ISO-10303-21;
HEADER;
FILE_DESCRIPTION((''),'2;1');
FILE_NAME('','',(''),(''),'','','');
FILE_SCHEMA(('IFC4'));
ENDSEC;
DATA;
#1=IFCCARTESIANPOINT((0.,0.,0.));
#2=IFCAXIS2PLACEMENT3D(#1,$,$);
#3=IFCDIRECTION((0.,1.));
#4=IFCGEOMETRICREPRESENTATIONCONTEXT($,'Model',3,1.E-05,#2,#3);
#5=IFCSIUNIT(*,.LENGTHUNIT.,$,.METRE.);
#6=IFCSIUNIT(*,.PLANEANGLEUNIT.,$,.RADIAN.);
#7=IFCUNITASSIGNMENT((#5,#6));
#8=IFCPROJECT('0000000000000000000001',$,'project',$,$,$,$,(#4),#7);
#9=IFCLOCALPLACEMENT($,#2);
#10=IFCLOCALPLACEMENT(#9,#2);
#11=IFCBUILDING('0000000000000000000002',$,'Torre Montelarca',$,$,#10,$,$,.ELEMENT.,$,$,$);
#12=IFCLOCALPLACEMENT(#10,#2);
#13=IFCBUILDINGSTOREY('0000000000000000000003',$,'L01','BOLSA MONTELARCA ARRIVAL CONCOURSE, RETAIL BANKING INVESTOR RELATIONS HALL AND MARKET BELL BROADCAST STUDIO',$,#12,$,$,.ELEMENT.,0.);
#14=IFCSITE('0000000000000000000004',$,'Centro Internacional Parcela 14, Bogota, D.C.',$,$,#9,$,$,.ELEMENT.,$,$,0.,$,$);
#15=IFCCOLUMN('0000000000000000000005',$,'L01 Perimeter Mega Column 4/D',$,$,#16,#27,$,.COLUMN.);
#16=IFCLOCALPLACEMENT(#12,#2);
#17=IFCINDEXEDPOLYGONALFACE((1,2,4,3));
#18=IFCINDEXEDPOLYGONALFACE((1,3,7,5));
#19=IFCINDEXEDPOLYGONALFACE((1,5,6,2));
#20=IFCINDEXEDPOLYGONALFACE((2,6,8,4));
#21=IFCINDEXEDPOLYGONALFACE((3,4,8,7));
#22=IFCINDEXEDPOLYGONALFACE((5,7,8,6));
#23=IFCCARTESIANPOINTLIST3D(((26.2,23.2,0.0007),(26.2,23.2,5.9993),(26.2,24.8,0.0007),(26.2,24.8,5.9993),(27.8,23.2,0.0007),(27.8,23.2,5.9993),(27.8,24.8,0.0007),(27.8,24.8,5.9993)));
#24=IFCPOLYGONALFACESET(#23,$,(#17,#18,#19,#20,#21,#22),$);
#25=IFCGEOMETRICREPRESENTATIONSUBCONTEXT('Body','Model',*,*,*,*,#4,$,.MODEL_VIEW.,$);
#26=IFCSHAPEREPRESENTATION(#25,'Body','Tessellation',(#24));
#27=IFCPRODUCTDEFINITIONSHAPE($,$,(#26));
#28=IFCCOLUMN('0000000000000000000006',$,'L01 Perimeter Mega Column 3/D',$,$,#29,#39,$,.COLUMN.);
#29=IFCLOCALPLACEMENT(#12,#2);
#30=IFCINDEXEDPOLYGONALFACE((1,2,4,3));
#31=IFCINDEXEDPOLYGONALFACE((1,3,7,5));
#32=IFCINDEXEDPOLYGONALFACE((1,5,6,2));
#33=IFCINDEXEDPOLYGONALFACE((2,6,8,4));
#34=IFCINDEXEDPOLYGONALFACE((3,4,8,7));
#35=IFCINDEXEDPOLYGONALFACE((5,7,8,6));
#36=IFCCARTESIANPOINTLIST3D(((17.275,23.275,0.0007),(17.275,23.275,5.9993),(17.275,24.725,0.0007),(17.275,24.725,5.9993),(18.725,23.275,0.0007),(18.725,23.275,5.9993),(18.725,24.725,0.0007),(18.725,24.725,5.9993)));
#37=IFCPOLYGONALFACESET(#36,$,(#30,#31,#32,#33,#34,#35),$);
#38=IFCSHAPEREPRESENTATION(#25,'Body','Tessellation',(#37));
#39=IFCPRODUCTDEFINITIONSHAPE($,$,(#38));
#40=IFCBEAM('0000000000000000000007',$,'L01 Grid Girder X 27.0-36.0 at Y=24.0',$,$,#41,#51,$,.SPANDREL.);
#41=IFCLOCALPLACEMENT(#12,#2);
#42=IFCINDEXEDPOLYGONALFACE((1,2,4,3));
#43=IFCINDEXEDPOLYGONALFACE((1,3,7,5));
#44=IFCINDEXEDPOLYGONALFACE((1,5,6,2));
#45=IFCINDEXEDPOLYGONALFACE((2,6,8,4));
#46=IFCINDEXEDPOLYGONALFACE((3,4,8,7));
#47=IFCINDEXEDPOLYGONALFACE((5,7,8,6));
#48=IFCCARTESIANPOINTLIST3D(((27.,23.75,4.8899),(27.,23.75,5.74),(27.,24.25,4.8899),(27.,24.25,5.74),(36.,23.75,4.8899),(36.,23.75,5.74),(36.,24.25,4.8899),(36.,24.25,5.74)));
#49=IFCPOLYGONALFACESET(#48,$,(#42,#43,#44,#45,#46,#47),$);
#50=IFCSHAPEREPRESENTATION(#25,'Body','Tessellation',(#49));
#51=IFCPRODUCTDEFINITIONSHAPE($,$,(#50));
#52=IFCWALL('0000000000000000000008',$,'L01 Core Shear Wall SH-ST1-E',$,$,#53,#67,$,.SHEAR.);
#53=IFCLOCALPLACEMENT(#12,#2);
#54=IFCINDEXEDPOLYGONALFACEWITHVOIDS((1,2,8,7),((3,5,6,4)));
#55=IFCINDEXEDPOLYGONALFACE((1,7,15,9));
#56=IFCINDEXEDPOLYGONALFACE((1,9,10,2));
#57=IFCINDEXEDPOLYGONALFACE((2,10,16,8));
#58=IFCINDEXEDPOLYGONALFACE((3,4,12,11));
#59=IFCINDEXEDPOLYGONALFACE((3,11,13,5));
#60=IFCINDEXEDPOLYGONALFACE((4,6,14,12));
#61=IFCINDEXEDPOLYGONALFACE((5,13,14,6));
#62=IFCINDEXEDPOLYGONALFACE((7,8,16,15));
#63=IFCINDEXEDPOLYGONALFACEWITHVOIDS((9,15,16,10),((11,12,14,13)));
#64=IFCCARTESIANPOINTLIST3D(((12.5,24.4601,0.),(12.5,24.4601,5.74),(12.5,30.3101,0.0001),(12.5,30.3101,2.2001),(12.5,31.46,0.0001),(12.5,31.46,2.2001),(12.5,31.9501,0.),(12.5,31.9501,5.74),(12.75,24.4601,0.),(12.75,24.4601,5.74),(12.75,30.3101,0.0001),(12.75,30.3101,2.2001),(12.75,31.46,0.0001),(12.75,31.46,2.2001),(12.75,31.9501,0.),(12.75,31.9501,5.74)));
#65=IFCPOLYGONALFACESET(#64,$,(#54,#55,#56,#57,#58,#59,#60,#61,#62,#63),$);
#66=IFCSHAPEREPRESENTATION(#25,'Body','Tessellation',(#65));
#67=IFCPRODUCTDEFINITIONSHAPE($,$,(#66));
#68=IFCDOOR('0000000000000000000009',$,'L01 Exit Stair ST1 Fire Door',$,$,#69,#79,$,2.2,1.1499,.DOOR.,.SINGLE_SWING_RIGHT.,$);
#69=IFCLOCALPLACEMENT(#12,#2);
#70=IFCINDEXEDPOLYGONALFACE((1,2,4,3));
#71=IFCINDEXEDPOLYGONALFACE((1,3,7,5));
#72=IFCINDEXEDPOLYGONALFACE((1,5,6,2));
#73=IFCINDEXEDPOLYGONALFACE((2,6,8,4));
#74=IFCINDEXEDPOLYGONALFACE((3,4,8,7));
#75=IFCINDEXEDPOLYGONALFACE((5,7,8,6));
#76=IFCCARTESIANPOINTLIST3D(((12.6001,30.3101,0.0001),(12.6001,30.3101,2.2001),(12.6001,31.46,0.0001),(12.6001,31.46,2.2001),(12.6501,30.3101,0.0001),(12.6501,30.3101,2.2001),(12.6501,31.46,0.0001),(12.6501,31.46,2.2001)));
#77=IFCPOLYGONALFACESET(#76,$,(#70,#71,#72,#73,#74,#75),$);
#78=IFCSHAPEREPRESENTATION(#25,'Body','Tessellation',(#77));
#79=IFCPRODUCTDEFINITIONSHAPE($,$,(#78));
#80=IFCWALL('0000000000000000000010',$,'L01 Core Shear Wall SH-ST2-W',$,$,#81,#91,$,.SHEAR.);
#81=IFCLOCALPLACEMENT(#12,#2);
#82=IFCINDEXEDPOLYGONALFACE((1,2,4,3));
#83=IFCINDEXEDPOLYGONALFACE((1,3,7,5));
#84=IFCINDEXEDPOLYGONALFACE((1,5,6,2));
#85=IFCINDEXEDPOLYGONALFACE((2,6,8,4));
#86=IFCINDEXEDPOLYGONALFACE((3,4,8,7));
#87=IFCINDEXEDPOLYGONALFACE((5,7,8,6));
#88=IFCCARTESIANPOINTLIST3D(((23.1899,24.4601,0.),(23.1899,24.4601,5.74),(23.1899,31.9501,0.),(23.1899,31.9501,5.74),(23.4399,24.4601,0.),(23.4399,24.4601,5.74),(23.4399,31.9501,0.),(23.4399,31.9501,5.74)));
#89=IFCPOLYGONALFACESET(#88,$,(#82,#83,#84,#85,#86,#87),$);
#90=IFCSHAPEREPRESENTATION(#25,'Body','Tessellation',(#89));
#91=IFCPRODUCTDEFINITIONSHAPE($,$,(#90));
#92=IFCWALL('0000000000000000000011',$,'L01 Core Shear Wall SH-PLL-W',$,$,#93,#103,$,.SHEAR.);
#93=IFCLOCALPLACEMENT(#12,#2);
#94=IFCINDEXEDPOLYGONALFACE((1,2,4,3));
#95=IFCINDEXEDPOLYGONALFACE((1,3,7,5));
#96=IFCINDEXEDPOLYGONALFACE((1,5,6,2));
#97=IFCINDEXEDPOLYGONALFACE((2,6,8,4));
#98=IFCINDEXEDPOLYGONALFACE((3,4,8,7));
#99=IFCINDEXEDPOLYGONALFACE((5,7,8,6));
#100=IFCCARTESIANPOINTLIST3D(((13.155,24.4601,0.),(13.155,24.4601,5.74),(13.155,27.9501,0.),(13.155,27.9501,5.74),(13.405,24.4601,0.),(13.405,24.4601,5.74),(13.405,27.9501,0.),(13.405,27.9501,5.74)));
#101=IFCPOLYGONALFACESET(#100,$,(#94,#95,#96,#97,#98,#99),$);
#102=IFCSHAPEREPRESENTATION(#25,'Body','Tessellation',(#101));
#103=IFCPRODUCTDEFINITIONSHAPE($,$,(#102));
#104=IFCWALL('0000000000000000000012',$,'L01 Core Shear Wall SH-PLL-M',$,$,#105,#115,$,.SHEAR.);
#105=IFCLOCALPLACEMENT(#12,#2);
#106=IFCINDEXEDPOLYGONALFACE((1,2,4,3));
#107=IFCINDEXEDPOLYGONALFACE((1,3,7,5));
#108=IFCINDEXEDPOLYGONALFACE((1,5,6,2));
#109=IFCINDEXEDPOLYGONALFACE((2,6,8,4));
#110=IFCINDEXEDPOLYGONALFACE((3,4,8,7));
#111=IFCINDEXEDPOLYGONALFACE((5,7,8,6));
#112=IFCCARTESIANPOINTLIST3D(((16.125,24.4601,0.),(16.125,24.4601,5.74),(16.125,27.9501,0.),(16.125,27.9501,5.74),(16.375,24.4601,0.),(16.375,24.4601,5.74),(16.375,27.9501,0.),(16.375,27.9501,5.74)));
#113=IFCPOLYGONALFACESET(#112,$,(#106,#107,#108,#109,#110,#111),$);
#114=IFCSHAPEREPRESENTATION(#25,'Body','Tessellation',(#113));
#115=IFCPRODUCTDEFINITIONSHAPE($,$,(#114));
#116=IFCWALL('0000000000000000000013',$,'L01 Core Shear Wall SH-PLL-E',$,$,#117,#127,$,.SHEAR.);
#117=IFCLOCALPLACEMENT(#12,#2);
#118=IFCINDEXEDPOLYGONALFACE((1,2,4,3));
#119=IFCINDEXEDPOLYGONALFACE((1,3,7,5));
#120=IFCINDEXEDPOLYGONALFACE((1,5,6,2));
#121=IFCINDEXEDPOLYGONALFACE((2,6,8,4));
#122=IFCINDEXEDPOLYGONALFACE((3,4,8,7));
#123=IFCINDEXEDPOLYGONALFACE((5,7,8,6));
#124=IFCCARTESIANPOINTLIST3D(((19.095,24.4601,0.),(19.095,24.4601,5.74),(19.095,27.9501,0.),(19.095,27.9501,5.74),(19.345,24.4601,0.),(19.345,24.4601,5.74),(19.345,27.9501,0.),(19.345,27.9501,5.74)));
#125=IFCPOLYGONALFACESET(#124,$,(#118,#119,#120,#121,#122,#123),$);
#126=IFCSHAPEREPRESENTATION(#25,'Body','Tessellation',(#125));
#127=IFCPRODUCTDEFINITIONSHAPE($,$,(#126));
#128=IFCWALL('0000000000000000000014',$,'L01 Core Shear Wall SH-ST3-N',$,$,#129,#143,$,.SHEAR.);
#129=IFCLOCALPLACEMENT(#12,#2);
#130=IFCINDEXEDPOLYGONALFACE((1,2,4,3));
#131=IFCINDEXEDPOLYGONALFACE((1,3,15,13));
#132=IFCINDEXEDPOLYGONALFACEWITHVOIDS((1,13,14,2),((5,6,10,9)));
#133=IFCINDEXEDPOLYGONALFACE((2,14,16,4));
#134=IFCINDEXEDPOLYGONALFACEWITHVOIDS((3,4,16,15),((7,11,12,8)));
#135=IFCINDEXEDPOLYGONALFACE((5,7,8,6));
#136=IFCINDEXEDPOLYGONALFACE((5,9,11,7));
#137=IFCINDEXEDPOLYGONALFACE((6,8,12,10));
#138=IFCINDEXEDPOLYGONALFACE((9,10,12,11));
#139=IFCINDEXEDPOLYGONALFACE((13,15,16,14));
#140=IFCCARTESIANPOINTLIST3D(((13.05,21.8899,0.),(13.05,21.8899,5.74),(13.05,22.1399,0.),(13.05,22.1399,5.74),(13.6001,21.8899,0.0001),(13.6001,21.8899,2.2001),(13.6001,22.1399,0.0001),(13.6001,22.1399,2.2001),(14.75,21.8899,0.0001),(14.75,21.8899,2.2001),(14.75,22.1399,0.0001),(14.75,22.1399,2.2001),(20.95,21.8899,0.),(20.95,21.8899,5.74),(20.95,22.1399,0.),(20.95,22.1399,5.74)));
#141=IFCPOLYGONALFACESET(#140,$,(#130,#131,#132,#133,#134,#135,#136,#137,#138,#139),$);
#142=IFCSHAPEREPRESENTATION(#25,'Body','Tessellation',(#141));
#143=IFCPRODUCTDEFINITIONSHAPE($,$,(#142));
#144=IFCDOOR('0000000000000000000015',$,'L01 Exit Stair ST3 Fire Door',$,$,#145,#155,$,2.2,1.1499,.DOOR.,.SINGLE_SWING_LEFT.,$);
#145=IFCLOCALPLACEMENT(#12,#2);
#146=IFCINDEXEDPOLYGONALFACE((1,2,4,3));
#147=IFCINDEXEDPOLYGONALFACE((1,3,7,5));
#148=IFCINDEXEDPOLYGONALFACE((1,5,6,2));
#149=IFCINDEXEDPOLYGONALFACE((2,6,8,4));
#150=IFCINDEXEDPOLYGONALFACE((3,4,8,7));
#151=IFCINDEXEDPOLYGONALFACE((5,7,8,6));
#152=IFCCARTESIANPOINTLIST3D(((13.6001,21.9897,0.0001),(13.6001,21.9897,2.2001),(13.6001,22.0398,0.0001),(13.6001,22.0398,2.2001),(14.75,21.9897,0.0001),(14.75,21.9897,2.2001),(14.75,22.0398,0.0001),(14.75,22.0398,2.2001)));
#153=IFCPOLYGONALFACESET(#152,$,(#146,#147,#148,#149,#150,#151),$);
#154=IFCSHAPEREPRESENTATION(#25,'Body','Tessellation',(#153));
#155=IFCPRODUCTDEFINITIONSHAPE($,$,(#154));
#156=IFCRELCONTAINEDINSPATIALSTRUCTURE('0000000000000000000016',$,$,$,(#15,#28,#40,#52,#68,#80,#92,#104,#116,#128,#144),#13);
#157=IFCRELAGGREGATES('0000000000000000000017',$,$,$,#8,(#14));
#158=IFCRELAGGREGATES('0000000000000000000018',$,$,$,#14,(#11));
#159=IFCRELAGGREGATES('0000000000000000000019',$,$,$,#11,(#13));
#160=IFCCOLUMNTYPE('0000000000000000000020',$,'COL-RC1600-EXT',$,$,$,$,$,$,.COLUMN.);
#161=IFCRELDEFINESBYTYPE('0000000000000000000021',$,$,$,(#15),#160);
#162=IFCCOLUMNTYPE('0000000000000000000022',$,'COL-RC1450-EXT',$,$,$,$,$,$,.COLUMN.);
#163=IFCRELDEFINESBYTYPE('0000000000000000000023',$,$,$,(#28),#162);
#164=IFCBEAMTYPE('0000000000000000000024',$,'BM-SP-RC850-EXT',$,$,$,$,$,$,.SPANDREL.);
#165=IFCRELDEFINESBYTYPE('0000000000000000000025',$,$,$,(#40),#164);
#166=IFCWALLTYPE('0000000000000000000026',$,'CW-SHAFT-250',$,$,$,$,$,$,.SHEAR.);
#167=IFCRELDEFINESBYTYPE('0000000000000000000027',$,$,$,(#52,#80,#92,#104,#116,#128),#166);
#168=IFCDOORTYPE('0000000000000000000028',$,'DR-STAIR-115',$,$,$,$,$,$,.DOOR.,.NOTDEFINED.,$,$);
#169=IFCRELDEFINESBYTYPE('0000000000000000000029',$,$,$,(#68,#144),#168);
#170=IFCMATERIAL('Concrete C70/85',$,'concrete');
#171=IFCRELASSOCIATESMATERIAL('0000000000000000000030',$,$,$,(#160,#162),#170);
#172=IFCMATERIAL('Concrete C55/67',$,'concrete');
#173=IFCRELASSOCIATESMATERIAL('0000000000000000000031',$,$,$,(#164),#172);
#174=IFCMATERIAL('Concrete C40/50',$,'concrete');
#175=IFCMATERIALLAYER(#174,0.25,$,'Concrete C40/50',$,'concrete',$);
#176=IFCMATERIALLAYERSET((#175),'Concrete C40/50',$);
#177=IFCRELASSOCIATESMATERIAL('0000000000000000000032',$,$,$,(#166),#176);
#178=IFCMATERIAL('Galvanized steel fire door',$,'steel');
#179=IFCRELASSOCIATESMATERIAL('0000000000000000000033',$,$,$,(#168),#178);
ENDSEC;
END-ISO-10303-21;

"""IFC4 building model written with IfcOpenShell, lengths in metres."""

from ifc_helpers import new_model, si_unit, direction, frame, frame_2d, origin, origin_2d, place, context, subcontext, project, spatial, rectangle, extrude, source, transform, mapped, material, layer, layer_set, material_profile, profile_set, type_object, element, fill, save


model = new_model("IFC4")

# Units and contexts
model_context = context("Model", 3, precision=1e-05, world=origin(), true_north=direction((0.0, 1.0)))
body_context = subcontext(model_context, "Body", "Model", "MODEL_VIEW")
ifc_project = project(units=[si_unit("LENGTHUNIT", "METRE"), si_unit("PLANEANGLEUNIT", "RADIAN")], contexts=[model_context])

# Site, building, storey
site_placement = place(None, origin())
site = spatial("IfcSite", under=ifc_project, at=site_placement, Name="Centro Internacional Parcela 14, Bogota, D.C.", CompositionType="ELEMENT", RefElevation=0.0)
building_placement = place(site_placement, origin())
building = spatial("IfcBuilding", under=site, at=building_placement, Name="Torre Montelarca", CompositionType="ELEMENT")
storey_placement = place(building_placement, origin())
storey = spatial("IfcBuildingStorey", under=building, at=storey_placement, Name="L01", Description="BOLSA MONTELARCA ARRIVAL CONCOURSE, RETAIL BANKING INVESTOR RELATIONS HALL AND MARKET BELL BROADCAST STUDIO", CompositionType="ELEMENT", Elevation=0.0)

# Columns
ifc_material_1 = material(Name="Concrete C70/85", Category="concrete")
ifc_material_profile_1 = material_profile(ifc_material_1, rectangle(XDim=1.6001, YDim=1.6001, at=origin_2d()), Name="RC1600X1600", Category="concrete")
ifc_profile_set_1 = profile_set([ifc_material_profile_1], Name="Concrete C70/85")
column_type_1 = type_object("IfcColumnType", Name="COL-RC1600-EXT", PredefinedType="COLUMN", material=ifc_profile_set_1)
shared_shape_1 = source(origin(), body_context, "Body", "SweptSolid", [
    extrude(rectangle(XDim=1.6001, YDim=1.6001, at=origin_2d()), origin(), (0.0, 0.0, 1.0), 5.9985),
])
column_1_placement = place(storey_placement, frame((27.0, 24.0, 0.0007), z_axis=(0.0, 0.0, 1.0), x_axis=(1.0, 0.0, 0.0)))
element("IfcColumn", 1, at=column_1_placement, inside=storey, type_object=column_type_1, Name="L01 Perimeter Mega Column 4/D", PredefinedType="COLUMN", context=body_context, shape_type="MappedRepresentation", body=[
    mapped(shared_shape_1, transform((0.0, 0.0, 0.0), scale=1.0)),
])
ifc_material_profile_2 = material_profile(ifc_material_1, rectangle(XDim=1.45, YDim=1.45, at=origin_2d()), Name="RC1450X1450", Category="concrete")
ifc_profile_set_2 = profile_set([ifc_material_profile_2], Name="Concrete C70/85")
column_type_2 = type_object("IfcColumnType", Name="COL-RC1450-EXT", PredefinedType="COLUMN", material=ifc_profile_set_2)
shared_shape_2 = source(origin(), body_context, "Body", "SweptSolid", [
    extrude(rectangle(XDim=1.45, YDim=1.45, at=origin_2d()), origin(), (0.0, 0.0, 1.0), 5.9985),
])
column_2_placement = place(storey_placement, frame((18.0, 24.0, 0.0007), z_axis=(0.0, 0.0, 1.0), x_axis=(1.0, 0.0, 0.0)))
element("IfcColumn", 2, at=column_2_placement, inside=storey, type_object=column_type_2, Name="L01 Perimeter Mega Column 3/D", PredefinedType="COLUMN", context=body_context, shape_type="MappedRepresentation", body=[
    mapped(shared_shape_2, transform((0.0, 0.0, 0.0), scale=1.0)),
])

# Beam
ifc_material_2 = material(Name="Concrete C55/67", Category="concrete")
ifc_material_profile_3 = material_profile(ifc_material_2, rectangle(XDim=0.5, YDim=0.8501, at=origin_2d()), Name="RCB500X850", Category="concrete")
ifc_profile_set_3 = profile_set([ifc_material_profile_3], Name="Concrete C55/67")
beam_type = type_object("IfcBeamType", Name="BM-SP-RC850-EXT", PredefinedType="SPANDREL", material=ifc_profile_set_3)
shared_shape_3 = source(origin(), body_context, "Body", "SweptSolid", [
    extrude(rectangle(XDim=0.5, YDim=0.8501, at=origin_2d()), origin(), (0.0, 0.0, 1.0), 9.0),
])
beam_placement = place(storey_placement, frame((27.0, 24.0, 5.3149), z_axis=(1.0, 0.0, 0.0), x_axis=(0.0, 1.0, 0.0)))
element("IfcBeam", 3, at=beam_placement, inside=storey, type_object=beam_type, Name="L01 Grid Girder X 27.0-36.0 at Y=24.0", PredefinedType="SPANDREL", context=body_context, shape_type="MappedRepresentation", body=[
    mapped(shared_shape_3, transform((0.0, 0.0, 0.0), scale=1.0)),
])

# Wall, opening, door
ifc_material_3 = material(Name="Concrete C40/50", Category="concrete")
ifc_layer_1 = layer(ifc_material_3, 0.25, Name="Concrete C40/50", Category="concrete")
ifc_layer_set_1 = layer_set([ifc_layer_1], Name="Concrete C40/50")
wall_type_1 = type_object("IfcWallType", Name="CW-SHAFT-250", PredefinedType="SHEAR", material=ifc_layer_set_1)
wall_1_placement = place(storey_placement, frame((12.625, 24.46, 0.0), z_axis=(0.0, 0.0, 1.0), x_axis=(0.0, 1.0, 0.0)))
wall_1 = element("IfcWall", 4, at=wall_1_placement, inside=storey, type_object=wall_type_1, Name="L01 Core Shear Wall SH-ST1-E", PredefinedType="SHEAR", context=body_context, shape_type="SweptSolid", body=[
    extrude(rectangle(XDim=7.49, YDim=0.25, at=frame_2d((3.7451, 0.0))), origin(), (0.0, 0.0, 1.0), 5.74),
])
opening_1_placement = place(wall_1_placement, frame((5.8501, 0.0, 0.0)))
opening_1 = element("IfcOpeningElement", 5, at=opening_1_placement, cuts=wall_1, PredefinedType="OPENING", context=body_context, shape_type="SweptSolid", body=[
    extrude(rectangle(XDim=1.1499, YDim=2.2, at=frame_2d((0.575, 1.1001))), frame((0.0, 0.135, 0.0), z_axis=(0.0, -1.0, 0.0), x_axis=(1.0, 0.0, 0.0)), (0.0, 0.0, 1.0), 0.27),
])
ifc_material_4 = material(Name="Galvanized steel fire door", Category="steel")
door_type_1 = type_object("IfcDoorType", Name="DR-STAIR-115", OperationType="NOTDEFINED", PredefinedType="DOOR", material=ifc_material_4)
shared_shape_4 = source(origin(), body_context, "Body", "SweptSolid", [
    extrude(rectangle(XDim=1.1499, YDim=2.2, at=frame_2d((0.575, 1.1001))), frame((0.0, 0.0249, 0.0), z_axis=(0.0, -1.0, 0.0), x_axis=(1.0, 0.0, 0.0)), (0.0, 0.0, 1.0), 0.05),
])
door_1_placement = place(opening_1_placement, origin())
door_1 = element("IfcDoor", 6, at=door_1_placement, inside=storey, type_object=door_type_1, Name="L01 Exit Stair ST1 Fire Door", OperationType="SINGLE_SWING_RIGHT", OverallHeight=2.2, OverallWidth=1.1499, PredefinedType="DOOR", context=body_context, shape_type="MappedRepresentation", body=[
    mapped(shared_shape_4, transform((0.0, 0.0, 0.0), scale=1.0)),
])
fill(opening_1, door_1)

# Walls
wall_2_placement = place(storey_placement, frame((23.3149, 24.46, 0.0), z_axis=(0.0, 0.0, 1.0), x_axis=(0.0, 1.0, 0.0)))
element("IfcWall", 7, at=wall_2_placement, inside=storey, type_object=wall_type_1, Name="L01 Core Shear Wall SH-ST2-W", PredefinedType="SHEAR", context=body_context, shape_type="SweptSolid", body=[
    extrude(rectangle(XDim=7.49, YDim=0.25, at=frame_2d((3.7451, 0.0))), origin(), (0.0, 0.0, 1.0), 5.74),
])
for number, where, z_axis, x_axis, name in (
    (8, (13.28, 24.46, 0.0), (0.0, 0.0, 1.0), (0.0, 1.0, 0.0), "L01 Core Shear Wall SH-PLL-W"),
    (9, (16.25, 24.46, 0.0), (0.0, 0.0, 1.0), (0.0, 1.0, 0.0), "L01 Core Shear Wall SH-PLL-M"),
    (10, (19.22, 24.46, 0.0), (0.0, 0.0, 1.0), (0.0, 1.0, 0.0), "L01 Core Shear Wall SH-PLL-E"),
):
    element("IfcWall", number, at=place(storey_placement, frame(where, z_axis=z_axis, x_axis=x_axis)), inside=storey, type_object=wall_type_1, Name=name, PredefinedType="SHEAR", context=body_context, shape_type="SweptSolid", body=[
        extrude(rectangle(XDim=3.49, YDim=0.25, at=frame_2d((1.7451, 0.0))), origin(), (0.0, 0.0, 1.0), 5.74),
    ])

# Wall, opening, door
wall_3_placement = place(storey_placement, frame((13.05, 22.0149, 0.0), z_axis=(0.0, 0.0, 1.0), x_axis=(1.0, 0.0, 0.0)))
wall_3 = element("IfcWall", 11, at=wall_3_placement, inside=storey, type_object=wall_type_1, Name="L01 Core Shear Wall SH-ST3-N", PredefinedType="SHEAR", context=body_context, shape_type="SweptSolid", body=[
    extrude(rectangle(XDim=7.8999, YDim=0.25, at=frame_2d((3.95, 0.0))), origin(), (0.0, 0.0, 1.0), 5.74),
])
opening_2_placement = place(wall_3_placement, frame((0.55, 0.0, 0.0)))
opening_2 = element("IfcOpeningElement", 12, at=opening_2_placement, cuts=wall_3, PredefinedType="OPENING", context=body_context, shape_type="SweptSolid", body=[
    extrude(rectangle(XDim=1.1499, YDim=2.2, at=frame_2d((0.575, 1.1001))), frame((0.0, 0.135, 0.0), z_axis=(0.0, -1.0, 0.0), x_axis=(1.0, 0.0, 0.0)), (0.0, 0.0, 1.0), 0.27),
])
door_2_placement = place(opening_2_placement, origin())
door_2 = element("IfcDoor", 13, at=door_2_placement, inside=storey, type_object=door_type_1, Name="L01 Exit Stair ST3 Fire Door", OperationType="SINGLE_SWING_LEFT", OverallHeight=2.2, OverallWidth=1.1499, PredefinedType="DOOR", context=body_context, shape_type="MappedRepresentation", body=[
    mapped(shared_shape_4, transform((0.0, 0.0, 0.0), scale=1.0)),
])
fill(opening_2, door_2)

save(model, "model.ifc")
